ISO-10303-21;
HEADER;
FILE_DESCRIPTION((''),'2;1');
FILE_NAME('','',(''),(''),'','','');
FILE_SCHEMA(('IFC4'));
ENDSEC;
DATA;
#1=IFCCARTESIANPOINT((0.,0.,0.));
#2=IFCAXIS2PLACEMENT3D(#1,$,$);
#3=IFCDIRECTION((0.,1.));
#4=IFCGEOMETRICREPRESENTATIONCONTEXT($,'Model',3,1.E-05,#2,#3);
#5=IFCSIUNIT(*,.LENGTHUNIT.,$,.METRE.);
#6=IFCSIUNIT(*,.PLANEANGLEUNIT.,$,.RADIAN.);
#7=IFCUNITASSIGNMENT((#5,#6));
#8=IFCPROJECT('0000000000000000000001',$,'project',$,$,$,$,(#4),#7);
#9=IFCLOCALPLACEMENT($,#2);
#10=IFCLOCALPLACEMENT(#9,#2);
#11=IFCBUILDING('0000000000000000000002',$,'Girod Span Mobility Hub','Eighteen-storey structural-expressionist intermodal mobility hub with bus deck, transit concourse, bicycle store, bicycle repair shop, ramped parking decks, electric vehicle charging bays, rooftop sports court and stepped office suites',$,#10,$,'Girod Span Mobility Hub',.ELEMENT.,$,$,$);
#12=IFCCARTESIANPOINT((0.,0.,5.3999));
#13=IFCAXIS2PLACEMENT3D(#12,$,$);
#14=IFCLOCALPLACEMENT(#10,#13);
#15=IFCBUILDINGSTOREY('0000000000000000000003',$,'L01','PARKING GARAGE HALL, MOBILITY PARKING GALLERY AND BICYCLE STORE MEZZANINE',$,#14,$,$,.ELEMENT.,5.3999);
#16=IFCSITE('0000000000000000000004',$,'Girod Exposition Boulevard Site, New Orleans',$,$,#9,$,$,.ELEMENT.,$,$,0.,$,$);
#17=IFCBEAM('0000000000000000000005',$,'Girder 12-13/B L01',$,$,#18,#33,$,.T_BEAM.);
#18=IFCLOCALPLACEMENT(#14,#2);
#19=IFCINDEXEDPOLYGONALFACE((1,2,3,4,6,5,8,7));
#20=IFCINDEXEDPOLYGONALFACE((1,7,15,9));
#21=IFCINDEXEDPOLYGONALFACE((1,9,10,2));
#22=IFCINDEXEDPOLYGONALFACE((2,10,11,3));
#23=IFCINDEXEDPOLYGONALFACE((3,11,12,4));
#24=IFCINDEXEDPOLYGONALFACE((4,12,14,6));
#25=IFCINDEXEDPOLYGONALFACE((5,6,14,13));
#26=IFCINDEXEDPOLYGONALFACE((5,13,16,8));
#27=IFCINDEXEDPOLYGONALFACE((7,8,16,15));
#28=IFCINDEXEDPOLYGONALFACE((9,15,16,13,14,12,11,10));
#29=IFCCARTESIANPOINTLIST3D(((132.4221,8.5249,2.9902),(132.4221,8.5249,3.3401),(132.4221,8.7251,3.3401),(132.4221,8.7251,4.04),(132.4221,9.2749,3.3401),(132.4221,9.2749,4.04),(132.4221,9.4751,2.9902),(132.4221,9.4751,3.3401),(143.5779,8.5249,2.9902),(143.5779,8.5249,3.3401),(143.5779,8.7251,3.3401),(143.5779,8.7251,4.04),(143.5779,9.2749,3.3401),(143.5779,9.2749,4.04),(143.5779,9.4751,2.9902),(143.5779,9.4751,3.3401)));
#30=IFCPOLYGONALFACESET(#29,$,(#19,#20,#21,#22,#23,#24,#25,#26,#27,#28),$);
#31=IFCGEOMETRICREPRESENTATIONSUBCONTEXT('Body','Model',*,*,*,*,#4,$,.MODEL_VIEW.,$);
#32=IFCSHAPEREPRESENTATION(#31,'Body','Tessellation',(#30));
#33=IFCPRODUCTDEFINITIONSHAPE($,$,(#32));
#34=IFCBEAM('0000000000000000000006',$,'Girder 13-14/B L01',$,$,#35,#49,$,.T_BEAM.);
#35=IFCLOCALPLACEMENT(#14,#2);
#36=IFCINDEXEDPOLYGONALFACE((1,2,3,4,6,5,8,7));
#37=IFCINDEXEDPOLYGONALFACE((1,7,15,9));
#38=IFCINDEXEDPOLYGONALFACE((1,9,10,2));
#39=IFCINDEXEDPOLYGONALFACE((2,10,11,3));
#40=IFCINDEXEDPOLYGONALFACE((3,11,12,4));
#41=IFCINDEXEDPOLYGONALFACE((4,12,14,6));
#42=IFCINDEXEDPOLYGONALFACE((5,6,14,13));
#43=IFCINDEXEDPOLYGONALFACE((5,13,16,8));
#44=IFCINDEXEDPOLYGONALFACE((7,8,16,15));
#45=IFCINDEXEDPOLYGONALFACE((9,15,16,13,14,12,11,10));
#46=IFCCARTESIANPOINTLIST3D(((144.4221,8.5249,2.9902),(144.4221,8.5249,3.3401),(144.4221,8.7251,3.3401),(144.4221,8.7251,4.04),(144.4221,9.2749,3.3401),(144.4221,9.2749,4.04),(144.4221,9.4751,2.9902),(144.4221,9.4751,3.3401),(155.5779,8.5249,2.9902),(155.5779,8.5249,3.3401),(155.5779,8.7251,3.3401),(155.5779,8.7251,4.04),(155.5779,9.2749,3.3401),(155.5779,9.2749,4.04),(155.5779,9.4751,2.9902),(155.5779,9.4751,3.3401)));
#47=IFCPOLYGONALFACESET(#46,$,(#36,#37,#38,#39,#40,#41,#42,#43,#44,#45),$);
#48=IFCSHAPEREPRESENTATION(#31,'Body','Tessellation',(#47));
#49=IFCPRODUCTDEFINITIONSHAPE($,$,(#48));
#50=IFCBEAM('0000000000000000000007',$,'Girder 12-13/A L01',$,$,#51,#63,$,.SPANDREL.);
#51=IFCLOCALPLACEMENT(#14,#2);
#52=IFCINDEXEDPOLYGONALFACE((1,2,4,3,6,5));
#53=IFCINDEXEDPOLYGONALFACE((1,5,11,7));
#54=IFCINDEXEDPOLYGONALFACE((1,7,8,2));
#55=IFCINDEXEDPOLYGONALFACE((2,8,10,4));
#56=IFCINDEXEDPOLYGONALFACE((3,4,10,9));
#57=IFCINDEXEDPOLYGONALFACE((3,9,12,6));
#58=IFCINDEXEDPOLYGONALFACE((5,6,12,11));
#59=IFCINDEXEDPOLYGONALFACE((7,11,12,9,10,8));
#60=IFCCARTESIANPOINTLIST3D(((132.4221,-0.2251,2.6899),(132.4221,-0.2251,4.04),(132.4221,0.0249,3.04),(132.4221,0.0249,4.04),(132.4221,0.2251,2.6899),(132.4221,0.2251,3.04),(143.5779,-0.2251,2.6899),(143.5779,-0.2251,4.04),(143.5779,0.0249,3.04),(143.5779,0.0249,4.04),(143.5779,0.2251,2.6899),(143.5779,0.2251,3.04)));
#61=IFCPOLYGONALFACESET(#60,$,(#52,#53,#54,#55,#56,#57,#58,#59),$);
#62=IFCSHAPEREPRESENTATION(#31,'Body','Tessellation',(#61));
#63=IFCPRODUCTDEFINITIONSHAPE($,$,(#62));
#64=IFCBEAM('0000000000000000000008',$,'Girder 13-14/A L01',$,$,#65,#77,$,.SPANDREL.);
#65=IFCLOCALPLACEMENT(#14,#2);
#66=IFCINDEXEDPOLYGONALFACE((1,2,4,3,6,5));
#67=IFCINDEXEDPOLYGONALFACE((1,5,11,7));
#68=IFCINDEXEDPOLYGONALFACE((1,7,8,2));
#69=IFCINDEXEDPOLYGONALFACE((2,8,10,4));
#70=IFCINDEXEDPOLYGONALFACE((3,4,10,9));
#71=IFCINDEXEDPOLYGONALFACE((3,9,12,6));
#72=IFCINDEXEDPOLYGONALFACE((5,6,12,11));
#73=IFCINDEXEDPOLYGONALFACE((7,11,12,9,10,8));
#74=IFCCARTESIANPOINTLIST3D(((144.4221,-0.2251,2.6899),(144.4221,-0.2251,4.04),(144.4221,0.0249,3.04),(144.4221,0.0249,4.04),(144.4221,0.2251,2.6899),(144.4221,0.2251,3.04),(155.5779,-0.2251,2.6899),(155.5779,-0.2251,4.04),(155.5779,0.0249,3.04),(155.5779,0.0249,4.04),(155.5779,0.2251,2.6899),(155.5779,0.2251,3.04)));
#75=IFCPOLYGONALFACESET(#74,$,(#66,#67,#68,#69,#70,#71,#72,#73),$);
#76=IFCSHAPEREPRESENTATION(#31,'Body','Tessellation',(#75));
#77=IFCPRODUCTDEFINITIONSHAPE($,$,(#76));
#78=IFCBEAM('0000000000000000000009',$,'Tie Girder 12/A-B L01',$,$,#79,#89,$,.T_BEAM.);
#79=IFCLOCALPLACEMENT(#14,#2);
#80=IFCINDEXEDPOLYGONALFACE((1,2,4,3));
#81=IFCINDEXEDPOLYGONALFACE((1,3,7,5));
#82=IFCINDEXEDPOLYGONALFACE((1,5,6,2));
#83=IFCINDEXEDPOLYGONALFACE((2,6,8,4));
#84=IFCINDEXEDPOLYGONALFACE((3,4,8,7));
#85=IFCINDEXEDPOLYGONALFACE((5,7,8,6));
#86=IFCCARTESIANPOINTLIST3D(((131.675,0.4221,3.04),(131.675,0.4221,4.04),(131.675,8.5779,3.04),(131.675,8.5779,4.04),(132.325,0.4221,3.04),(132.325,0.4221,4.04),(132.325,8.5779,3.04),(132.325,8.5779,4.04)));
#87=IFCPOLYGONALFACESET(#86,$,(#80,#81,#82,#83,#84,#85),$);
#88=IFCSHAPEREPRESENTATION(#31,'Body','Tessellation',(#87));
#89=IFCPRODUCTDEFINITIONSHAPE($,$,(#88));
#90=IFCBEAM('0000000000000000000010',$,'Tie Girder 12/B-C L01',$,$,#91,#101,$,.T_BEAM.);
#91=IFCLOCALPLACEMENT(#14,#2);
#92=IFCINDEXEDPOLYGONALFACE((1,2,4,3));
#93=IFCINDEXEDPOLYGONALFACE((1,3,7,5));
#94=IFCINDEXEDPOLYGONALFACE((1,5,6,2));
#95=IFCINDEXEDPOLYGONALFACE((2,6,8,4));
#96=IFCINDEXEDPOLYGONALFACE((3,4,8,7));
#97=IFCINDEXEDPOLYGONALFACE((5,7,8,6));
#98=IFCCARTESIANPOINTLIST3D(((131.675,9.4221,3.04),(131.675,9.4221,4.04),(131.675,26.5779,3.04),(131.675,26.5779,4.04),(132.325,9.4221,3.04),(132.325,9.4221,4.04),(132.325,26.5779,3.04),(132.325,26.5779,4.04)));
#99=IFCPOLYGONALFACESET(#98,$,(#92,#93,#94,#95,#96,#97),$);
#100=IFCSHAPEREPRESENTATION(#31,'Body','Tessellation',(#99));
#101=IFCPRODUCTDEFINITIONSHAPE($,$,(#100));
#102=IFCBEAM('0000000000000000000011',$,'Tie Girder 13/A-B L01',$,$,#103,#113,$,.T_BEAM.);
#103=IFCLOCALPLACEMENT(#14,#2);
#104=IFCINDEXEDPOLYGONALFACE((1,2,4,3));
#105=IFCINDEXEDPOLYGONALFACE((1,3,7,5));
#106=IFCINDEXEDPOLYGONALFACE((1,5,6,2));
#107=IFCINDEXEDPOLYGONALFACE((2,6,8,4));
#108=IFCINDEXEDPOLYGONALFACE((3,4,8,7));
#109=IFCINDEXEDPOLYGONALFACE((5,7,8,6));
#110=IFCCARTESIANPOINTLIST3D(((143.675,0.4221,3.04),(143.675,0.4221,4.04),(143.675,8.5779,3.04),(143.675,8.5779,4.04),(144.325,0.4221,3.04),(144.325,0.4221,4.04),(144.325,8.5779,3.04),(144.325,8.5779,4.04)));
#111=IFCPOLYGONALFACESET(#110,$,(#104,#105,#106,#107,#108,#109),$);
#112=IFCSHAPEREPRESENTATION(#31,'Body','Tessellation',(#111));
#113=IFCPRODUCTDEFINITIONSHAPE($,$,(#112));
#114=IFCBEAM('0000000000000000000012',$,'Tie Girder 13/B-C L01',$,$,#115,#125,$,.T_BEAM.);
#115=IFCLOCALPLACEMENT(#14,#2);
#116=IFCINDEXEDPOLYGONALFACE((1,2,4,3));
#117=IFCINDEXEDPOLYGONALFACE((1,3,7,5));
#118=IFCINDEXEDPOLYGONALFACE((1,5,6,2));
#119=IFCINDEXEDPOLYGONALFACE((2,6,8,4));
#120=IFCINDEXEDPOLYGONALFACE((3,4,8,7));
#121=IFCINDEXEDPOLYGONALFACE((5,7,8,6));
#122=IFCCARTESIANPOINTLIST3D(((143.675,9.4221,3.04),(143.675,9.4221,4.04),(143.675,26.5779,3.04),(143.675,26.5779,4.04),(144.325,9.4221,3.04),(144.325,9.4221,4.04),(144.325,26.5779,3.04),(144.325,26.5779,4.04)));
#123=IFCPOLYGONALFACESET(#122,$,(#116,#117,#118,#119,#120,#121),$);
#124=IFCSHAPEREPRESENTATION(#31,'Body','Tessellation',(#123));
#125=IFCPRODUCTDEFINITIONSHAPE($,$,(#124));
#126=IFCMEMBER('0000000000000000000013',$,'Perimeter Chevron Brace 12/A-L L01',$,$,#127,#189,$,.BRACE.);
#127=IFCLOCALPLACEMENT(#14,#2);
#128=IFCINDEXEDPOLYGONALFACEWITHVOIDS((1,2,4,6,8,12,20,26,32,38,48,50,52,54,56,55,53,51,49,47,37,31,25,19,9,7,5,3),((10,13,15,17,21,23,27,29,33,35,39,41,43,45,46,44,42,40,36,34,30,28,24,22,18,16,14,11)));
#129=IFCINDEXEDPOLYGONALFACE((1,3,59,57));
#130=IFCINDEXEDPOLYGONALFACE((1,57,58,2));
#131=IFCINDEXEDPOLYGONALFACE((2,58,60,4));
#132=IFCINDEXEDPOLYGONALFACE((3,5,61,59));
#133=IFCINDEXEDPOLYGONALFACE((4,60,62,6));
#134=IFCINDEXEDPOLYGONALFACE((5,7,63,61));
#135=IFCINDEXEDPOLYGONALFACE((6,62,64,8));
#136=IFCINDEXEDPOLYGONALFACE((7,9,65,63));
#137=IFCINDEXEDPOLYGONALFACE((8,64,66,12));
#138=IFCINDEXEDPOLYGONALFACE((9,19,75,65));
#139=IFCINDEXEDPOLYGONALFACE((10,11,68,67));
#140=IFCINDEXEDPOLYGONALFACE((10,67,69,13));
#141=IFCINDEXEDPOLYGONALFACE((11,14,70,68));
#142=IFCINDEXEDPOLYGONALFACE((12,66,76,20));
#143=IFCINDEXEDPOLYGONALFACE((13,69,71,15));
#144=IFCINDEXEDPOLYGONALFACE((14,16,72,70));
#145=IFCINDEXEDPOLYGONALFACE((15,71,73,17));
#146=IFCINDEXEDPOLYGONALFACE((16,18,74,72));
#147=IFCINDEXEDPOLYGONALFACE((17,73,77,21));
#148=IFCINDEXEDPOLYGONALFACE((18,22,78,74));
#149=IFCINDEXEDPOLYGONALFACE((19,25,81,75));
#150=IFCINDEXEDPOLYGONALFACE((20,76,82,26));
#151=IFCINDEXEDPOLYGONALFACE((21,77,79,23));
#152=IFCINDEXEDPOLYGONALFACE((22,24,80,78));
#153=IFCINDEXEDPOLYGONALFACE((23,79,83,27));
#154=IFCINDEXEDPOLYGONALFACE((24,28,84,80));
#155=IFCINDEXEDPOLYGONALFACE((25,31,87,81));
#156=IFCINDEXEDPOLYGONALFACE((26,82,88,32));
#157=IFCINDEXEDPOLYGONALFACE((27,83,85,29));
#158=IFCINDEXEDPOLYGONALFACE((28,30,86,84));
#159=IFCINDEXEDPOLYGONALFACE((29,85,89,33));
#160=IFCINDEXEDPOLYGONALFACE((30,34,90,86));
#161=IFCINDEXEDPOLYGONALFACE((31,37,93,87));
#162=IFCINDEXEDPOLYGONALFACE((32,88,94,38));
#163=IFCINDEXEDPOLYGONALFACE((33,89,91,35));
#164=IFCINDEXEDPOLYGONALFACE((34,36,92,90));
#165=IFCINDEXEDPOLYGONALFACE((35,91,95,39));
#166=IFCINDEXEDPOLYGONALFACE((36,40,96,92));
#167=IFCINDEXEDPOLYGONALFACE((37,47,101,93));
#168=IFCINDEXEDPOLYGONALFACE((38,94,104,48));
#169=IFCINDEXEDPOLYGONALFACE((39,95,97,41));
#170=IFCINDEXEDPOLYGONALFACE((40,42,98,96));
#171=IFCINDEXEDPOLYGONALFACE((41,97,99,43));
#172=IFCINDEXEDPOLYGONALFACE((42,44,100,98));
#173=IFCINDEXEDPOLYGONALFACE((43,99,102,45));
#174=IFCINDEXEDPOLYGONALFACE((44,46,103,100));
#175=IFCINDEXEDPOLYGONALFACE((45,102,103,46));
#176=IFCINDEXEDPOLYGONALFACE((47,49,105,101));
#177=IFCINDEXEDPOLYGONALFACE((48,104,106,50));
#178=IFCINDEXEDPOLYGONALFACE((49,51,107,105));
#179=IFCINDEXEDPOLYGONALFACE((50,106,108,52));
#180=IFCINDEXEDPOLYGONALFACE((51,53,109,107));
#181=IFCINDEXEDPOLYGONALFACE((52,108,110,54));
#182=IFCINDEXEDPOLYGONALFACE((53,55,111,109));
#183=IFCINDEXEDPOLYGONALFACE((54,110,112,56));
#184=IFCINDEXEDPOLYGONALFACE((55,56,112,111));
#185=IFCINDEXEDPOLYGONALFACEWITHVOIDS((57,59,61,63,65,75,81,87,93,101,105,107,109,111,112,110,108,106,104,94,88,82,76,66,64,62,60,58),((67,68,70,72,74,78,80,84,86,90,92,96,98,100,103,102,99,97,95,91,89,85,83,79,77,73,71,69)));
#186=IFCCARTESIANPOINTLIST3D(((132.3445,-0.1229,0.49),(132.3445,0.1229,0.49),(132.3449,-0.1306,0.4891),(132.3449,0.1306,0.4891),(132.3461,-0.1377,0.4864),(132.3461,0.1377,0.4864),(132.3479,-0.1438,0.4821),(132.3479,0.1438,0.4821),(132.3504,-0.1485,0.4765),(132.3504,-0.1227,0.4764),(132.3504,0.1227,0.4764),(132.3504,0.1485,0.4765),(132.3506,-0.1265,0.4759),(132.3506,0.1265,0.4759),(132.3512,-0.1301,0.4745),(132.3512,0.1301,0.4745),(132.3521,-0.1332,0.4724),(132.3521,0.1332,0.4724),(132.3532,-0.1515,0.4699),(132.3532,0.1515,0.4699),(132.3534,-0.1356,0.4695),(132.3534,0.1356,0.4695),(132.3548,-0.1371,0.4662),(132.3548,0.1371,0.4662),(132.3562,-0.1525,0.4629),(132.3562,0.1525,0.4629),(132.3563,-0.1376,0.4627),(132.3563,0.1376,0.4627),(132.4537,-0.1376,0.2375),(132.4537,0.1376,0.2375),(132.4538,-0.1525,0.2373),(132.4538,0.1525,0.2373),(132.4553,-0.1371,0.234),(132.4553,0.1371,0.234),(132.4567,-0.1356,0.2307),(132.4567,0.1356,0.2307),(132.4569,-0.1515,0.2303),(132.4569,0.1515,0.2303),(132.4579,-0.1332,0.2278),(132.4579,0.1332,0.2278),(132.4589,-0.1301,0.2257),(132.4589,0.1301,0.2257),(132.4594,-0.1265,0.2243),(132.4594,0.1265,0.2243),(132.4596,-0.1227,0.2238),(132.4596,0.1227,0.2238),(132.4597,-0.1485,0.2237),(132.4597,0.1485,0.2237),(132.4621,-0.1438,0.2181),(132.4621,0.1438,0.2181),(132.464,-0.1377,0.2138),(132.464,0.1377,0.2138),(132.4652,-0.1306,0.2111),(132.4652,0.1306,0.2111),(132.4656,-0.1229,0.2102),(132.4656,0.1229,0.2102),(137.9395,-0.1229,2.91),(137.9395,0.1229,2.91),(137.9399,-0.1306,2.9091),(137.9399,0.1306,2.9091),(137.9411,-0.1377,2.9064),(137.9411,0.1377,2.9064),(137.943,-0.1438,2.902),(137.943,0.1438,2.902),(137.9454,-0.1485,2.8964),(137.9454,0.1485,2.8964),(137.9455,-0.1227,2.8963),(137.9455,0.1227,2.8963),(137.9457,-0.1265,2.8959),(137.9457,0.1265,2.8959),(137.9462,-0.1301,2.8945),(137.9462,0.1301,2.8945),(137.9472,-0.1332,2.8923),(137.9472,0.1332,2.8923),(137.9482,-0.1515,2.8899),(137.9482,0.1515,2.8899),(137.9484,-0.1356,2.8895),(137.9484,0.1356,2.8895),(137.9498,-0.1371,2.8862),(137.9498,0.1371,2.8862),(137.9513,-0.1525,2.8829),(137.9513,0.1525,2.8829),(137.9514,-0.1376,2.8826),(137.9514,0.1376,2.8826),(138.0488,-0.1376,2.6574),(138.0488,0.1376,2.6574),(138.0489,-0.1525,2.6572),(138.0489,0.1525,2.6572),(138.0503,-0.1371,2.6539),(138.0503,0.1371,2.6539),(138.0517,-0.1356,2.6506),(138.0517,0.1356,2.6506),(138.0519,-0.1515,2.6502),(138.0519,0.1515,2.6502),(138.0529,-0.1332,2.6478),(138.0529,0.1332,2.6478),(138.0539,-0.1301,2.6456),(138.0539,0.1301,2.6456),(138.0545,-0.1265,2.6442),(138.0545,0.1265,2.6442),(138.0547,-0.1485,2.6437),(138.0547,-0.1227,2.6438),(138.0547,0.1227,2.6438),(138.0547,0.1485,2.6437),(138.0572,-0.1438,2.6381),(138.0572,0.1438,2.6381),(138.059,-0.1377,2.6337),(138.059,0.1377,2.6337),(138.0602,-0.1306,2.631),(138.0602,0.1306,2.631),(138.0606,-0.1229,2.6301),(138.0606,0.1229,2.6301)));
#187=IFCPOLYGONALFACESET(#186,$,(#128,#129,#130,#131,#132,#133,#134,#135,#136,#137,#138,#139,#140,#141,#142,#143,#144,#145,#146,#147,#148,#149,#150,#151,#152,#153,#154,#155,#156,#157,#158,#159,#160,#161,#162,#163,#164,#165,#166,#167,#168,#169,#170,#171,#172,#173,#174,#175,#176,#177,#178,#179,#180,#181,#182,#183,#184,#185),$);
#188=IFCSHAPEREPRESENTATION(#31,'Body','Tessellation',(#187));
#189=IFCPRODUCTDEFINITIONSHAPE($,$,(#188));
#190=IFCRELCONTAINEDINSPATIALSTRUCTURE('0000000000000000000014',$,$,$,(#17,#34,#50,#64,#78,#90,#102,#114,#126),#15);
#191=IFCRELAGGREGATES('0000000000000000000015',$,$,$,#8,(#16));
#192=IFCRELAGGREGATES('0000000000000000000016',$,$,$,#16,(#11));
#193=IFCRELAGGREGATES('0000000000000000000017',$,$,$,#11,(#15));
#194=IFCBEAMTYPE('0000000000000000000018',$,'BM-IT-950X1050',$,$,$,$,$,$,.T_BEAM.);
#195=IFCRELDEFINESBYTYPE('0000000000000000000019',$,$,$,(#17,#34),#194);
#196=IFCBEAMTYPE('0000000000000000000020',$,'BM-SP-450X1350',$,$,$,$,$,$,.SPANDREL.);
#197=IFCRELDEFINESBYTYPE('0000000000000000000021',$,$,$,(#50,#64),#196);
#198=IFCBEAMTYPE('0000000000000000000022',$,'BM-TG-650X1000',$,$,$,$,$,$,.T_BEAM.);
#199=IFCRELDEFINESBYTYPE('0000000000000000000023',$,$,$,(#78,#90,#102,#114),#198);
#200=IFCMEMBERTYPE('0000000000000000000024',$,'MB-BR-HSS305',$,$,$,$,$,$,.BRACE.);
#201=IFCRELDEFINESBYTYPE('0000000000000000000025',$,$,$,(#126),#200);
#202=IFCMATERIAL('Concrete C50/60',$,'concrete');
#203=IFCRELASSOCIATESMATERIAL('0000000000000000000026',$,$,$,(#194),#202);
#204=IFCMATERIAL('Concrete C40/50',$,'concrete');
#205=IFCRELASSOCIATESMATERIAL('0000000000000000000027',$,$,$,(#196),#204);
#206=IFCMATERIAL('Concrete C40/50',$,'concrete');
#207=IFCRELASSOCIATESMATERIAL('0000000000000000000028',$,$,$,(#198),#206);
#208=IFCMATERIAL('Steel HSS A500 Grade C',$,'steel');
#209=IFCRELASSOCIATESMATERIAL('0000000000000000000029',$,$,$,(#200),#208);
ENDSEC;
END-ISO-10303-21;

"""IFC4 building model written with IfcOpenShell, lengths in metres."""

from ifc_helpers import new_model, si_unit, direction, frame, origin, origin_2d, place, context, subcontext, project, spatial, polyline, rectangle, hollow_rectangle, outline, extrude, material, material_profile, profile_set, type_object, element, save


model = new_model("IFC4")

# Units and contexts
model_context = context("Model", 3, precision=1e-05, world=origin(), true_north=direction((0.0, 1.0)))
body_context = subcontext(model_context, "Body", "Model", "MODEL_VIEW")
ifc_project = project(units=[si_unit("LENGTHUNIT", "METRE"), si_unit("PLANEANGLEUNIT", "RADIAN")], contexts=[model_context])

# Site, building, storey
site_placement = place(None, origin())
site = spatial("IfcSite", under=ifc_project, at=site_placement, Name="Girod Exposition Boulevard Site, New Orleans", CompositionType="ELEMENT", RefElevation=0.0)
building_placement = place(site_placement, origin())
building = spatial("IfcBuilding", under=site, at=building_placement, Name="Girod Span Mobility Hub", Description="Eighteen-storey structural-expressionist intermodal mobility hub with bus deck, transit concourse, bicycle store, bicycle repair shop, ramped parking decks, electric vehicle charging bays, rooftop sports court and stepped office suites", LongName="Girod Span Mobility Hub", CompositionType="ELEMENT")
storey_placement = place(building_placement, frame((0.0, 0.0, 5.3999)))
storey = spatial("IfcBuildingStorey", under=building, at=storey_placement, Name="L01", Description="PARKING GARAGE HALL, MOBILITY PARKING GALLERY AND BICYCLE STORE MEZZANINE", CompositionType="ELEMENT", Elevation=5.3999)

# Beams
ifc_material_1 = material(Name="Concrete C50/60", Category="concrete")
ifc_material_profile_1 = material_profile(ifc_material_1, outline(polyline([(-0.4751, -0.5249), (0.4751, -0.5249), (0.4751, -0.175), (0.2749, -0.175), (0.2749, 0.5249), (-0.2749, 0.5249), (-0.2749, -0.175), (-0.4751, -0.175), (-0.4751, -0.5249)])), Name="IT-950X1050")
ifc_profile_set_1 = profile_set([ifc_material_profile_1], Name="Concrete C50/60")
beam_type_1 = type_object("IfcBeamType", Name="BM-IT-950X1050", PredefinedType="T_BEAM", material=ifc_profile_set_1)
for number, where, z_axis, x_axis, name in (
    (1, (132.4221, 9.0, 3.5151), (1.0, 0.0, 0.0), (0.0, 1.0, 0.0), "Girder 12-13/B L01"),
    (2, (144.4221, 9.0, 3.5151), (1.0, 0.0, 0.0), (0.0, 1.0, 0.0), "Girder 13-14/B L01"),
):
    element("IfcBeam", number, at=place(storey_placement, frame(where, z_axis=z_axis, x_axis=x_axis)), inside=storey, type_object=beam_type_1, Name=name, PredefinedType="T_BEAM", context=body_context, shape_type="SweptSolid", body=[
        extrude(outline(polyline([(-0.4751, -0.5249), (0.4751, -0.5249), (0.4751, -0.175), (0.2749, -0.175), (0.2749, 0.5249), (-0.2749, 0.5249), (-0.2749, -0.175), (-0.4751, -0.175), (-0.4751, -0.5249)])), origin(), (0.0, 0.0, 1.0), 11.1558),
    ])
ifc_material_2 = material(Name="Concrete C40/50", Category="concrete")
ifc_material_profile_2 = material_profile(ifc_material_2, outline(polyline([(-0.2251, -0.675), (0.2251, -0.675), (0.2251, -0.325), (0.0249, -0.325), (0.0249, 0.675), (-0.2251, 0.675), (-0.2251, -0.675)])), Name="SP-450X1350")
ifc_profile_set_2 = profile_set([ifc_material_profile_2], Name="Concrete C40/50")
beam_type_2 = type_object("IfcBeamType", Name="BM-SP-450X1350", PredefinedType="SPANDREL", material=ifc_profile_set_2)
for number, where, z_axis, x_axis, name in (
    (3, (132.4221, 0.0, 3.365), (1.0, 0.0, 0.0), (0.0, 1.0, 0.0), "Girder 12-13/A L01"),
    (4, (144.4221, 0.0, 3.365), (1.0, 0.0, 0.0), (0.0, 1.0, 0.0), "Girder 13-14/A L01"),
):
    element("IfcBeam", number, at=place(storey_placement, frame(where, z_axis=z_axis, x_axis=x_axis)), inside=storey, type_object=beam_type_2, Name=name, PredefinedType="SPANDREL", context=body_context, shape_type="SweptSolid", body=[
        extrude(outline(polyline([(-0.2251, -0.675), (0.2251, -0.675), (0.2251, -0.325), (0.0249, -0.325), (0.0249, 0.675), (-0.2251, 0.675), (-0.2251, -0.675)])), origin(), (0.0, 0.0, 1.0), 11.1558),
    ])
ifc_material_3 = material(Name="Concrete C40/50", Category="concrete")
ifc_material_profile_3 = material_profile(ifc_material_3, rectangle(XDim=0.6499, YDim=1.0, at=origin_2d()), Name="TG-650X1000")
ifc_profile_set_3 = profile_set([ifc_material_profile_3], Name="Concrete C40/50")
beam_type_3 = type_object("IfcBeamType", Name="BM-TG-650X1000", PredefinedType="T_BEAM", material=ifc_profile_set_3)
beam_1_placement = place(storey_placement, frame((132.0, 0.4221, 3.54), z_axis=(0.0, 1.0, 0.0), x_axis=(-1.0, 0.0, 0.0)))
element("IfcBeam", 5, at=beam_1_placement, inside=storey, type_object=beam_type_3, Name="Tie Girder 12/A-B L01", PredefinedType="T_BEAM", context=body_context, shape_type="SweptSolid", body=[
    extrude(rectangle(XDim=0.6499, YDim=1.0, at=origin_2d()), origin(), (0.0, 0.0, 1.0), 8.1558),
])
beam_2_placement = place(storey_placement, frame((132.0, 9.4221, 3.54), z_axis=(0.0, 1.0, 0.0), x_axis=(-1.0, 0.0, 0.0)))
element("IfcBeam", 6, at=beam_2_placement, inside=storey, type_object=beam_type_3, Name="Tie Girder 12/B-C L01", PredefinedType="T_BEAM", context=body_context, shape_type="SweptSolid", body=[
    extrude(rectangle(XDim=0.6499, YDim=1.0, at=origin_2d()), origin(), (0.0, 0.0, 1.0), 17.1558),
])
beam_3_placement = place(storey_placement, frame((144.0, 0.4221, 3.54), z_axis=(0.0, 1.0, 0.0), x_axis=(-1.0, 0.0, 0.0)))
element("IfcBeam", 7, at=beam_3_placement, inside=storey, type_object=beam_type_3, Name="Tie Girder 13/A-B L01", PredefinedType="T_BEAM", context=body_context, shape_type="SweptSolid", body=[
    extrude(rectangle(XDim=0.6499, YDim=1.0, at=origin_2d()), origin(), (0.0, 0.0, 1.0), 8.1558),
])
beam_4_placement = place(storey_placement, frame((144.0, 9.4221, 3.54), z_axis=(0.0, 1.0, 0.0), x_axis=(-1.0, 0.0, 0.0)))
element("IfcBeam", 8, at=beam_4_placement, inside=storey, type_object=beam_type_3, Name="Tie Girder 13/B-C L01", PredefinedType="T_BEAM", context=body_context, shape_type="SweptSolid", body=[
    extrude(rectangle(XDim=0.6499, YDim=1.0, at=origin_2d()), origin(), (0.0, 0.0, 1.0), 17.1558),
])

# Member
ifc_material_4 = material(Name="Steel HSS A500 Grade C", Category="steel")
ifc_material_profile_4 = material_profile(ifc_material_4, hollow_rectangle(XDim=0.3049, YDim=0.3049, WallThickness=0.0149, InnerFilletRadius=0.0149, OuterFilletRadius=0.0295, at=origin_2d()), Name="HSS305X305X16")
ifc_profile_set_4 = profile_set([ifc_material_profile_4], Name="Steel HSS A500 Grade C")
member_type = type_object("IfcMemberType", Name="MB-BR-HSS305", PredefinedType="BRACE", material=ifc_profile_set_4)
for number, where, z_axis, x_axis, name in (
    (9, (132.405, 0.0, 0.3501), (0.917829, 0.0, 0.396977), (0.0, 1.0, 0.0), "Perimeter Chevron Brace 12/A-L L01"),
):
    element("IfcMember", number, at=place(storey_placement, frame(where, z_axis=z_axis, x_axis=x_axis)), inside=storey, type_object=member_type, Name=name, PredefinedType="BRACE", context=body_context, shape_type="SweptSolid", body=[
        extrude(hollow_rectangle(XDim=0.3049, YDim=0.3049, WallThickness=0.0149, InnerFilletRadius=0.0149, OuterFilletRadius=0.0295, at=origin_2d()), origin(), (0.0, 0.0, 1.0), 6.0959),
    ])

save(model, "model.ifc")
